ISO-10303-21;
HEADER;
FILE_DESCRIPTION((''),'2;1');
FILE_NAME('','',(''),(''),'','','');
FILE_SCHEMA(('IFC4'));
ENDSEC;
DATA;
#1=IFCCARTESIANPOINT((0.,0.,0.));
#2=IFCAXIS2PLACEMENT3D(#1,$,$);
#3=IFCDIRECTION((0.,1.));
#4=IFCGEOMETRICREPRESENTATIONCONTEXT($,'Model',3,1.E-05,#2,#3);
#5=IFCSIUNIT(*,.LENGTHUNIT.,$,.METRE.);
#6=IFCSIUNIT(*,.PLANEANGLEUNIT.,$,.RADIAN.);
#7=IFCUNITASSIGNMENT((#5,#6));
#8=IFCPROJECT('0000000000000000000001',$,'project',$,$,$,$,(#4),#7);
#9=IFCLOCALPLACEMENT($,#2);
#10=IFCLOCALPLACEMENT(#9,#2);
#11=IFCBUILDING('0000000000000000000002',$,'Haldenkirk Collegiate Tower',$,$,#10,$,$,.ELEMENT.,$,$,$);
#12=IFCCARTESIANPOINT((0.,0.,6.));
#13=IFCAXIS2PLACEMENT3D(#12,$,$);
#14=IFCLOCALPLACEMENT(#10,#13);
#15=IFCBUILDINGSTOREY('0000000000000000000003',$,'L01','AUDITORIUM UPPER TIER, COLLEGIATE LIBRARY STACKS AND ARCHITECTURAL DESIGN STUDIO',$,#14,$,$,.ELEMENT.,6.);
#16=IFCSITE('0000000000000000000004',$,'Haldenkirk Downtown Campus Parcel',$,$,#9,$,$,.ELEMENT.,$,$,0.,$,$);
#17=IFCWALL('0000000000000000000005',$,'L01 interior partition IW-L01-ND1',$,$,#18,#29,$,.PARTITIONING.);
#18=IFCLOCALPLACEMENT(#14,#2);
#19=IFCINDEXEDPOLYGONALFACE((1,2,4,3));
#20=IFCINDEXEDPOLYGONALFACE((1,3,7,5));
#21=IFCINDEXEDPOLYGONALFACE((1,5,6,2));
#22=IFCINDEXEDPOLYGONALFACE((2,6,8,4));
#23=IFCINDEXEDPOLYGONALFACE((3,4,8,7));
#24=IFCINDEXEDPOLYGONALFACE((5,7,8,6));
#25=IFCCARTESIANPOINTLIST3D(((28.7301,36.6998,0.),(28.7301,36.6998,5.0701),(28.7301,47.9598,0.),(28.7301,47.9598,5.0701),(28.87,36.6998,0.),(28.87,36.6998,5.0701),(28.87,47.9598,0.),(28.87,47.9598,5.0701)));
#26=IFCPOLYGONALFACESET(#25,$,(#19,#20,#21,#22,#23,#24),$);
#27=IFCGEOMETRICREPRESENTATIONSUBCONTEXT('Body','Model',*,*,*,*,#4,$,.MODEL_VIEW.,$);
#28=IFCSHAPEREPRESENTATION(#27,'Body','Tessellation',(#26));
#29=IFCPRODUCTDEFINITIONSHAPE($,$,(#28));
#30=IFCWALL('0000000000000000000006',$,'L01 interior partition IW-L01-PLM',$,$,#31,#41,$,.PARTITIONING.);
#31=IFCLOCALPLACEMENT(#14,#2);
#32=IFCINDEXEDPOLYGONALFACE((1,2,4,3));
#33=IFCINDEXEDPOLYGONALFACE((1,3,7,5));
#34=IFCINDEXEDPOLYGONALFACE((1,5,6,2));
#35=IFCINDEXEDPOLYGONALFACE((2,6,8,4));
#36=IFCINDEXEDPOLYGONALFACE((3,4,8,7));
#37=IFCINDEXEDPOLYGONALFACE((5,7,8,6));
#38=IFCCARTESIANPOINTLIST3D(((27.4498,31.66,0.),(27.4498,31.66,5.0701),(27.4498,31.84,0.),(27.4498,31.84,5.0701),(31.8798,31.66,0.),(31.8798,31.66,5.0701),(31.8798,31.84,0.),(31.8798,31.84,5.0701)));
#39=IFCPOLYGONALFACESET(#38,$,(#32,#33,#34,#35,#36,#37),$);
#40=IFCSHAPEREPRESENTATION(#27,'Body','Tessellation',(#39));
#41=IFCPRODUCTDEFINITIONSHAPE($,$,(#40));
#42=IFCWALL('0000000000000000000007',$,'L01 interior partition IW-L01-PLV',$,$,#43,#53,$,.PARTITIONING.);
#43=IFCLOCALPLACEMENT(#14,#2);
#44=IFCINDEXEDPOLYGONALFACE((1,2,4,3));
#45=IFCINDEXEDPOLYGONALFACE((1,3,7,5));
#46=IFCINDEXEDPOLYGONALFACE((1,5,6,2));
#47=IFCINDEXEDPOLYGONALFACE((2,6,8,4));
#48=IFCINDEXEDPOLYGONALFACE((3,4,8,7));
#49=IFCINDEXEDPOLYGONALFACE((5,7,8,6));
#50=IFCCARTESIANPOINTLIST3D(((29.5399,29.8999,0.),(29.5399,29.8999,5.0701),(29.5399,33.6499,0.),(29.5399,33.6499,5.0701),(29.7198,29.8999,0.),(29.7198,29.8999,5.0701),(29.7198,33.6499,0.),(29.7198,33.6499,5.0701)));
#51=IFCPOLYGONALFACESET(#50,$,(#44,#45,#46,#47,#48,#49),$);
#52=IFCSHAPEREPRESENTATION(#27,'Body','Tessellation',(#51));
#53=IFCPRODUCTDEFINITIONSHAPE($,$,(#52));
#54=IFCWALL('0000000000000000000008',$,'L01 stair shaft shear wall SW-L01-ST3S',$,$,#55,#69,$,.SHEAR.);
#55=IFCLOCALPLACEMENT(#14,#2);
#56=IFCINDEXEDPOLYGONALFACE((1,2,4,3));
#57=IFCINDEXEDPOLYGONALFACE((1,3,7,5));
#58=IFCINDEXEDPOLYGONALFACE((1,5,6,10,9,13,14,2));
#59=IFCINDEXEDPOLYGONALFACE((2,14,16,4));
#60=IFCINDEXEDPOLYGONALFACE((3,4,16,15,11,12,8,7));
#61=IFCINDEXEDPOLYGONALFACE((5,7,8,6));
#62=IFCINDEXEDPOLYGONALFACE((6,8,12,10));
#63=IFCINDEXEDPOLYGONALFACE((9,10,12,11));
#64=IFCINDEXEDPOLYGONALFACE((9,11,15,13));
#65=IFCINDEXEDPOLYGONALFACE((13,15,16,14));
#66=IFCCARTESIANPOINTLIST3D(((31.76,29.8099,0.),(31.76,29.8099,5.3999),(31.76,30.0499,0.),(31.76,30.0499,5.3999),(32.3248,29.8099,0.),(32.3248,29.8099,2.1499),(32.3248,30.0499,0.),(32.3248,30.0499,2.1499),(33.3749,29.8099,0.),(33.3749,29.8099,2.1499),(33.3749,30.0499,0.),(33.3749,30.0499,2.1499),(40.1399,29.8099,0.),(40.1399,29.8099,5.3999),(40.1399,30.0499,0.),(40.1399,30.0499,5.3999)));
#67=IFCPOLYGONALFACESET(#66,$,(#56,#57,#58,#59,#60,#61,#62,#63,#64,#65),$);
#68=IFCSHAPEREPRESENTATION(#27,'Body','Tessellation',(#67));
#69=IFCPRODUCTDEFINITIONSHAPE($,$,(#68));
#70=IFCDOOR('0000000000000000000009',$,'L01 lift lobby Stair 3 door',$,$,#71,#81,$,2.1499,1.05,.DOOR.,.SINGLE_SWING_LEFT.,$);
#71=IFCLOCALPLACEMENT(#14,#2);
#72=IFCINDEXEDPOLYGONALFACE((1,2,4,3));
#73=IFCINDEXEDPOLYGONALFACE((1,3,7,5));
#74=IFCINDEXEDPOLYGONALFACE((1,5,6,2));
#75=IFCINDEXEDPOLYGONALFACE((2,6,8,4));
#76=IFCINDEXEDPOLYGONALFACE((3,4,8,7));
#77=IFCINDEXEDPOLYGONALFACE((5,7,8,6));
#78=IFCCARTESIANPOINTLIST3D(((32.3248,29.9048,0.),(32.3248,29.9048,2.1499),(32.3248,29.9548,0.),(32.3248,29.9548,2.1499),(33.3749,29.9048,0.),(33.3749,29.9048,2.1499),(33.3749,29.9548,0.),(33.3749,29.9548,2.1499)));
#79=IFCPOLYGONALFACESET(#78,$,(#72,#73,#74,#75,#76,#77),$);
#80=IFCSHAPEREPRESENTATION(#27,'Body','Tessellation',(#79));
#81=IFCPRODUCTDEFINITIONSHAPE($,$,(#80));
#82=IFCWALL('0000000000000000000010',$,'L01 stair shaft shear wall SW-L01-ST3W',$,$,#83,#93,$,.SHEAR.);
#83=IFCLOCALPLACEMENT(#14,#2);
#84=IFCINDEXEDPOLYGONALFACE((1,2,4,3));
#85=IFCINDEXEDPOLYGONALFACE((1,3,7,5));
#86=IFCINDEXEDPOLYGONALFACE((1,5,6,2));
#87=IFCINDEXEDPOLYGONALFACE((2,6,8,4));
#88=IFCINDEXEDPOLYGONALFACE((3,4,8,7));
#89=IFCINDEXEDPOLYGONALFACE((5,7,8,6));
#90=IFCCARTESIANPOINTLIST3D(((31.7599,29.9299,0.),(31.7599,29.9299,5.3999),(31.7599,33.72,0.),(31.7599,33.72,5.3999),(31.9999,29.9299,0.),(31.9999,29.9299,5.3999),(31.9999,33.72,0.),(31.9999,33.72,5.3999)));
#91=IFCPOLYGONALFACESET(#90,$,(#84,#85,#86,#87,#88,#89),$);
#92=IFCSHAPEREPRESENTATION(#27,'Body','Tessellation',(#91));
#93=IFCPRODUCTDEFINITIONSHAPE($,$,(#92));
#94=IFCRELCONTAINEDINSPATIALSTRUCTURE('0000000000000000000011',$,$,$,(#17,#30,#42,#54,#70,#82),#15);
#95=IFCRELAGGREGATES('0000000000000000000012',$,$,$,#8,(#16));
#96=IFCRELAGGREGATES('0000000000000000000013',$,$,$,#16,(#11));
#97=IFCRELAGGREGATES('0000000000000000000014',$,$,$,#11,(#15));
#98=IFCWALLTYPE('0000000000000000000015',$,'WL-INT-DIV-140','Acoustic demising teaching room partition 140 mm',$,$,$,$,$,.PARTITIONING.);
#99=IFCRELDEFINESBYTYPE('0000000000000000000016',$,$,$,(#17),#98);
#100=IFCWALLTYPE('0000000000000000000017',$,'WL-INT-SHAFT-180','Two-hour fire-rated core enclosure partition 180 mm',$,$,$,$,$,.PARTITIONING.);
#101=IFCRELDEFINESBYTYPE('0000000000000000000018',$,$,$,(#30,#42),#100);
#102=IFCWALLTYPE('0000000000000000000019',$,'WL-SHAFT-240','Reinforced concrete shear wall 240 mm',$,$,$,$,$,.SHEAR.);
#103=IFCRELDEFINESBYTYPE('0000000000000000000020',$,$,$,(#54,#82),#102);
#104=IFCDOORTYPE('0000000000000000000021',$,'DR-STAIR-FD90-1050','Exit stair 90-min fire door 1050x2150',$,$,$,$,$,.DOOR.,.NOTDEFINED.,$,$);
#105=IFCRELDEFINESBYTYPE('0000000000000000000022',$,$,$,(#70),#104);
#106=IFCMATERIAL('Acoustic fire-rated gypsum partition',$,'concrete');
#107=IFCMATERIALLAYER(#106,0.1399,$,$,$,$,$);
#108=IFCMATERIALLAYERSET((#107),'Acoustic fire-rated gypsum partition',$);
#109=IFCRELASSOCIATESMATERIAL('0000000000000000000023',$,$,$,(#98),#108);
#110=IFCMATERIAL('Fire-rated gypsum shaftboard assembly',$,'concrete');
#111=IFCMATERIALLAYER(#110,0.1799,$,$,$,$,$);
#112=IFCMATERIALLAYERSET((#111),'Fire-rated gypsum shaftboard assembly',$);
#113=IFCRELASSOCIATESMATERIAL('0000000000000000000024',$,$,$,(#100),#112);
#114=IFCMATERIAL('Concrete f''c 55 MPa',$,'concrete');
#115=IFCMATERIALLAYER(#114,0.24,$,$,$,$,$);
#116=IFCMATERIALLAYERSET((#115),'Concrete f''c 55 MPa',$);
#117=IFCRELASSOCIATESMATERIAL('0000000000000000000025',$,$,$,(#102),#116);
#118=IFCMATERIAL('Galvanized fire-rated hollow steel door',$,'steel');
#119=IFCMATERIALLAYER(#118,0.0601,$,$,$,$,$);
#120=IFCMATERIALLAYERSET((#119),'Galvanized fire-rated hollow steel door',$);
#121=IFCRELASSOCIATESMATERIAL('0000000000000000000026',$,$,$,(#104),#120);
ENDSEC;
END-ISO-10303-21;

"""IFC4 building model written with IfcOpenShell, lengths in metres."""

from ifc_helpers import new_model, si_unit, direction, frame, frame_2d, origin, place, context, subcontext, project, spatial, rectangle, extrude, material, layer, layer_set, type_object, element, fill, save


model = new_model("IFC4")

# Units and contexts
model_context = context("Model", 3, precision=1e-05, world=origin(), true_north=direction((0.0, 1.0)))
body_context = subcontext(model_context, "Body", "Model", "MODEL_VIEW")
ifc_project = project(units=[si_unit("LENGTHUNIT", "METRE"), si_unit("PLANEANGLEUNIT", "RADIAN")], contexts=[model_context])

# Site, building, storey
site_placement = place(None, origin())
site = spatial("IfcSite", under=ifc_project, at=site_placement, Name="Haldenkirk Downtown Campus Parcel", CompositionType="ELEMENT", RefElevation=0.0)
building_placement = place(site_placement, origin())
building = spatial("IfcBuilding", under=site, at=building_placement, Name="Haldenkirk Collegiate Tower", CompositionType="ELEMENT")
storey_placement = place(building_placement, frame((0.0, 0.0, 6.0)))
storey = spatial("IfcBuildingStorey", under=building, at=storey_placement, Name="L01", Description="AUDITORIUM UPPER TIER, COLLEGIATE LIBRARY STACKS AND ARCHITECTURAL DESIGN STUDIO", CompositionType="ELEMENT", Elevation=6.0)

# Walls
ifc_material_1 = material(Name="Acoustic fire-rated gypsum partition", Category="concrete")
ifc_layer_1 = layer(ifc_material_1, 0.1399)
ifc_layer_set_1 = layer_set([ifc_layer_1], Name="Acoustic fire-rated gypsum partition")
wall_type_1 = type_object("IfcWallType", Name="WL-INT-DIV-140", Description="Acoustic demising teaching room partition 140 mm", PredefinedType="PARTITIONING", material=ifc_layer_set_1)
wall_1_placement = place(storey_placement, frame((28.8, 36.7, 0.0), z_axis=(0.0, 0.0, 1.0), x_axis=(0.0, 1.0, 0.0)))
element("IfcWall", 1, at=wall_1_placement, inside=storey, type_object=wall_type_1, Name="L01 interior partition IW-L01-ND1", PredefinedType="PARTITIONING", context=body_context, shape_type="SweptSolid", body=[
    extrude(rectangle(XDim=11.26, YDim=0.1399, at=frame_2d((5.6299, 0.0))), origin(), (0.0, 0.0, 1.0), 5.0701),
])
ifc_material_2 = material(Name="Fire-rated gypsum shaftboard assembly", Category="concrete")
ifc_layer_2 = layer(ifc_material_2, 0.1799)
ifc_layer_set_2 = layer_set([ifc_layer_2], Name="Fire-rated gypsum shaftboard assembly")
wall_type_2 = type_object("IfcWallType", Name="WL-INT-SHAFT-180", Description="Two-hour fire-rated core enclosure partition 180 mm", PredefinedType="PARTITIONING", material=ifc_layer_set_2)
wall_2_placement = place(storey_placement, frame((27.45, 31.75, 0.0), z_axis=(0.0, 0.0, 1.0), x_axis=(1.0, 0.0, 0.0)))
element("IfcWall", 2, at=wall_2_placement, inside=storey, type_object=wall_type_2, Name="L01 interior partition IW-L01-PLM", PredefinedType="PARTITIONING", context=body_context, shape_type="SweptSolid", body=[
    extrude(rectangle(XDim=4.4299, YDim=0.1799, at=frame_2d((2.2148, 0.0))), origin(), (0.0, 0.0, 1.0), 5.0701),
])
wall_3_placement = place(storey_placement, frame((29.6299, 29.8999, 0.0), z_axis=(0.0, 0.0, 1.0), x_axis=(0.0, 1.0, 0.0)))
element("IfcWall", 3, at=wall_3_placement, inside=storey, type_object=wall_type_2, Name="L01 interior partition IW-L01-PLV", PredefinedType="PARTITIONING", context=body_context, shape_type="SweptSolid", body=[
    extrude(rectangle(XDim=3.75, YDim=0.1799, at=frame_2d((1.875, 0.0))), origin(), (0.0, 0.0, 1.0), 5.0701),
])

# Wall, opening, door
ifc_material_3 = material(Name="Concrete f'c 55 MPa", Category="concrete")
ifc_layer_3 = layer(ifc_material_3, 0.24)
ifc_layer_set_3 = layer_set([ifc_layer_3], Name="Concrete f'c 55 MPa")
wall_type_3 = type_object("IfcWallType", Name="WL-SHAFT-240", Description="Reinforced concrete shear wall 240 mm", PredefinedType="SHEAR", material=ifc_layer_set_3)
wall_4_placement = place(storey_placement, frame((31.76, 29.9299, 0.0), z_axis=(0.0, 0.0, 1.0), x_axis=(1.0, 0.0, 0.0)))
wall_4 = element("IfcWall", 4, at=wall_4_placement, inside=storey, type_object=wall_type_3, Name="L01 stair shaft shear wall SW-L01-ST3S", PredefinedType="SHEAR", context=body_context, shape_type="SweptSolid", body=[
    extrude(rectangle(XDim=8.3799, YDim=0.24, at=frame_2d((4.1899, 0.0))), origin(), (0.0, 0.0, 1.0), 5.3999),
])
opening_1_placement = place(wall_4_placement, frame((0.5649, 0.0, 0.0)))
opening_1 = element("IfcOpeningElement", 5, at=opening_1_placement, cuts=wall_4, PredefinedType="OPENING", context=body_context, shape_type="SweptSolid", body=[
    extrude(rectangle(XDim=1.05, YDim=2.1499, at=frame_2d((0.5249, 1.075))), frame((0.0, 0.1299, 0.0), z_axis=(0.0, -1.0, 0.0), x_axis=(1.0, 0.0, 0.0)), (0.0, 0.0, 1.0), 0.26),
])
ifc_material_4 = material(Name="Galvanized fire-rated hollow steel door", Category="steel")
ifc_layer_4 = layer(ifc_material_4, 0.0601)
ifc_layer_set_4 = layer_set([ifc_layer_4], Name="Galvanized fire-rated hollow steel door")
door_type_1 = type_object("IfcDoorType", Name="DR-STAIR-FD90-1050", Description="Exit stair 90-min fire door 1050x2150", OperationType="NOTDEFINED", PredefinedType="DOOR", material=ifc_layer_set_4)
door_1_placement = place(opening_1_placement, origin())
door_1 = element("IfcDoor", 6, at=door_1_placement, inside=storey, type_object=door_type_1, Name="L01 lift lobby Stair 3 door", OperationType="SINGLE_SWING_LEFT", OverallHeight=2.1499, OverallWidth=1.05, PredefinedType="DOOR", context=body_context, shape_type="SweptSolid", body=[
    extrude(rectangle(XDim=1.05, YDim=2.1499, at=frame_2d((0.5249, 1.075))), frame((0.0, 0.0249, 0.0), z_axis=(0.0, -1.0, 0.0), x_axis=(1.0, 0.0, 0.0)), (0.0, 0.0, 1.0), 0.05),
])
fill(opening_1, door_1)

# Wall
wall_5_placement = place(storey_placement, frame((31.8799, 29.9299, 0.0), z_axis=(0.0, 0.0, 1.0), x_axis=(0.0, 1.0, 0.0)))
element("IfcWall", 7, at=wall_5_placement, inside=storey, type_object=wall_type_3, Name="L01 stair shaft shear wall SW-L01-ST3W", PredefinedType="SHEAR", context=body_context, shape_type="SweptSolid", body=[
    extrude(rectangle(XDim=3.79, YDim=0.24, at=frame_2d((1.895, 0.0))), origin(), (0.0, 0.0, 1.0), 5.3999),
])

save(model, "model.ifc")
